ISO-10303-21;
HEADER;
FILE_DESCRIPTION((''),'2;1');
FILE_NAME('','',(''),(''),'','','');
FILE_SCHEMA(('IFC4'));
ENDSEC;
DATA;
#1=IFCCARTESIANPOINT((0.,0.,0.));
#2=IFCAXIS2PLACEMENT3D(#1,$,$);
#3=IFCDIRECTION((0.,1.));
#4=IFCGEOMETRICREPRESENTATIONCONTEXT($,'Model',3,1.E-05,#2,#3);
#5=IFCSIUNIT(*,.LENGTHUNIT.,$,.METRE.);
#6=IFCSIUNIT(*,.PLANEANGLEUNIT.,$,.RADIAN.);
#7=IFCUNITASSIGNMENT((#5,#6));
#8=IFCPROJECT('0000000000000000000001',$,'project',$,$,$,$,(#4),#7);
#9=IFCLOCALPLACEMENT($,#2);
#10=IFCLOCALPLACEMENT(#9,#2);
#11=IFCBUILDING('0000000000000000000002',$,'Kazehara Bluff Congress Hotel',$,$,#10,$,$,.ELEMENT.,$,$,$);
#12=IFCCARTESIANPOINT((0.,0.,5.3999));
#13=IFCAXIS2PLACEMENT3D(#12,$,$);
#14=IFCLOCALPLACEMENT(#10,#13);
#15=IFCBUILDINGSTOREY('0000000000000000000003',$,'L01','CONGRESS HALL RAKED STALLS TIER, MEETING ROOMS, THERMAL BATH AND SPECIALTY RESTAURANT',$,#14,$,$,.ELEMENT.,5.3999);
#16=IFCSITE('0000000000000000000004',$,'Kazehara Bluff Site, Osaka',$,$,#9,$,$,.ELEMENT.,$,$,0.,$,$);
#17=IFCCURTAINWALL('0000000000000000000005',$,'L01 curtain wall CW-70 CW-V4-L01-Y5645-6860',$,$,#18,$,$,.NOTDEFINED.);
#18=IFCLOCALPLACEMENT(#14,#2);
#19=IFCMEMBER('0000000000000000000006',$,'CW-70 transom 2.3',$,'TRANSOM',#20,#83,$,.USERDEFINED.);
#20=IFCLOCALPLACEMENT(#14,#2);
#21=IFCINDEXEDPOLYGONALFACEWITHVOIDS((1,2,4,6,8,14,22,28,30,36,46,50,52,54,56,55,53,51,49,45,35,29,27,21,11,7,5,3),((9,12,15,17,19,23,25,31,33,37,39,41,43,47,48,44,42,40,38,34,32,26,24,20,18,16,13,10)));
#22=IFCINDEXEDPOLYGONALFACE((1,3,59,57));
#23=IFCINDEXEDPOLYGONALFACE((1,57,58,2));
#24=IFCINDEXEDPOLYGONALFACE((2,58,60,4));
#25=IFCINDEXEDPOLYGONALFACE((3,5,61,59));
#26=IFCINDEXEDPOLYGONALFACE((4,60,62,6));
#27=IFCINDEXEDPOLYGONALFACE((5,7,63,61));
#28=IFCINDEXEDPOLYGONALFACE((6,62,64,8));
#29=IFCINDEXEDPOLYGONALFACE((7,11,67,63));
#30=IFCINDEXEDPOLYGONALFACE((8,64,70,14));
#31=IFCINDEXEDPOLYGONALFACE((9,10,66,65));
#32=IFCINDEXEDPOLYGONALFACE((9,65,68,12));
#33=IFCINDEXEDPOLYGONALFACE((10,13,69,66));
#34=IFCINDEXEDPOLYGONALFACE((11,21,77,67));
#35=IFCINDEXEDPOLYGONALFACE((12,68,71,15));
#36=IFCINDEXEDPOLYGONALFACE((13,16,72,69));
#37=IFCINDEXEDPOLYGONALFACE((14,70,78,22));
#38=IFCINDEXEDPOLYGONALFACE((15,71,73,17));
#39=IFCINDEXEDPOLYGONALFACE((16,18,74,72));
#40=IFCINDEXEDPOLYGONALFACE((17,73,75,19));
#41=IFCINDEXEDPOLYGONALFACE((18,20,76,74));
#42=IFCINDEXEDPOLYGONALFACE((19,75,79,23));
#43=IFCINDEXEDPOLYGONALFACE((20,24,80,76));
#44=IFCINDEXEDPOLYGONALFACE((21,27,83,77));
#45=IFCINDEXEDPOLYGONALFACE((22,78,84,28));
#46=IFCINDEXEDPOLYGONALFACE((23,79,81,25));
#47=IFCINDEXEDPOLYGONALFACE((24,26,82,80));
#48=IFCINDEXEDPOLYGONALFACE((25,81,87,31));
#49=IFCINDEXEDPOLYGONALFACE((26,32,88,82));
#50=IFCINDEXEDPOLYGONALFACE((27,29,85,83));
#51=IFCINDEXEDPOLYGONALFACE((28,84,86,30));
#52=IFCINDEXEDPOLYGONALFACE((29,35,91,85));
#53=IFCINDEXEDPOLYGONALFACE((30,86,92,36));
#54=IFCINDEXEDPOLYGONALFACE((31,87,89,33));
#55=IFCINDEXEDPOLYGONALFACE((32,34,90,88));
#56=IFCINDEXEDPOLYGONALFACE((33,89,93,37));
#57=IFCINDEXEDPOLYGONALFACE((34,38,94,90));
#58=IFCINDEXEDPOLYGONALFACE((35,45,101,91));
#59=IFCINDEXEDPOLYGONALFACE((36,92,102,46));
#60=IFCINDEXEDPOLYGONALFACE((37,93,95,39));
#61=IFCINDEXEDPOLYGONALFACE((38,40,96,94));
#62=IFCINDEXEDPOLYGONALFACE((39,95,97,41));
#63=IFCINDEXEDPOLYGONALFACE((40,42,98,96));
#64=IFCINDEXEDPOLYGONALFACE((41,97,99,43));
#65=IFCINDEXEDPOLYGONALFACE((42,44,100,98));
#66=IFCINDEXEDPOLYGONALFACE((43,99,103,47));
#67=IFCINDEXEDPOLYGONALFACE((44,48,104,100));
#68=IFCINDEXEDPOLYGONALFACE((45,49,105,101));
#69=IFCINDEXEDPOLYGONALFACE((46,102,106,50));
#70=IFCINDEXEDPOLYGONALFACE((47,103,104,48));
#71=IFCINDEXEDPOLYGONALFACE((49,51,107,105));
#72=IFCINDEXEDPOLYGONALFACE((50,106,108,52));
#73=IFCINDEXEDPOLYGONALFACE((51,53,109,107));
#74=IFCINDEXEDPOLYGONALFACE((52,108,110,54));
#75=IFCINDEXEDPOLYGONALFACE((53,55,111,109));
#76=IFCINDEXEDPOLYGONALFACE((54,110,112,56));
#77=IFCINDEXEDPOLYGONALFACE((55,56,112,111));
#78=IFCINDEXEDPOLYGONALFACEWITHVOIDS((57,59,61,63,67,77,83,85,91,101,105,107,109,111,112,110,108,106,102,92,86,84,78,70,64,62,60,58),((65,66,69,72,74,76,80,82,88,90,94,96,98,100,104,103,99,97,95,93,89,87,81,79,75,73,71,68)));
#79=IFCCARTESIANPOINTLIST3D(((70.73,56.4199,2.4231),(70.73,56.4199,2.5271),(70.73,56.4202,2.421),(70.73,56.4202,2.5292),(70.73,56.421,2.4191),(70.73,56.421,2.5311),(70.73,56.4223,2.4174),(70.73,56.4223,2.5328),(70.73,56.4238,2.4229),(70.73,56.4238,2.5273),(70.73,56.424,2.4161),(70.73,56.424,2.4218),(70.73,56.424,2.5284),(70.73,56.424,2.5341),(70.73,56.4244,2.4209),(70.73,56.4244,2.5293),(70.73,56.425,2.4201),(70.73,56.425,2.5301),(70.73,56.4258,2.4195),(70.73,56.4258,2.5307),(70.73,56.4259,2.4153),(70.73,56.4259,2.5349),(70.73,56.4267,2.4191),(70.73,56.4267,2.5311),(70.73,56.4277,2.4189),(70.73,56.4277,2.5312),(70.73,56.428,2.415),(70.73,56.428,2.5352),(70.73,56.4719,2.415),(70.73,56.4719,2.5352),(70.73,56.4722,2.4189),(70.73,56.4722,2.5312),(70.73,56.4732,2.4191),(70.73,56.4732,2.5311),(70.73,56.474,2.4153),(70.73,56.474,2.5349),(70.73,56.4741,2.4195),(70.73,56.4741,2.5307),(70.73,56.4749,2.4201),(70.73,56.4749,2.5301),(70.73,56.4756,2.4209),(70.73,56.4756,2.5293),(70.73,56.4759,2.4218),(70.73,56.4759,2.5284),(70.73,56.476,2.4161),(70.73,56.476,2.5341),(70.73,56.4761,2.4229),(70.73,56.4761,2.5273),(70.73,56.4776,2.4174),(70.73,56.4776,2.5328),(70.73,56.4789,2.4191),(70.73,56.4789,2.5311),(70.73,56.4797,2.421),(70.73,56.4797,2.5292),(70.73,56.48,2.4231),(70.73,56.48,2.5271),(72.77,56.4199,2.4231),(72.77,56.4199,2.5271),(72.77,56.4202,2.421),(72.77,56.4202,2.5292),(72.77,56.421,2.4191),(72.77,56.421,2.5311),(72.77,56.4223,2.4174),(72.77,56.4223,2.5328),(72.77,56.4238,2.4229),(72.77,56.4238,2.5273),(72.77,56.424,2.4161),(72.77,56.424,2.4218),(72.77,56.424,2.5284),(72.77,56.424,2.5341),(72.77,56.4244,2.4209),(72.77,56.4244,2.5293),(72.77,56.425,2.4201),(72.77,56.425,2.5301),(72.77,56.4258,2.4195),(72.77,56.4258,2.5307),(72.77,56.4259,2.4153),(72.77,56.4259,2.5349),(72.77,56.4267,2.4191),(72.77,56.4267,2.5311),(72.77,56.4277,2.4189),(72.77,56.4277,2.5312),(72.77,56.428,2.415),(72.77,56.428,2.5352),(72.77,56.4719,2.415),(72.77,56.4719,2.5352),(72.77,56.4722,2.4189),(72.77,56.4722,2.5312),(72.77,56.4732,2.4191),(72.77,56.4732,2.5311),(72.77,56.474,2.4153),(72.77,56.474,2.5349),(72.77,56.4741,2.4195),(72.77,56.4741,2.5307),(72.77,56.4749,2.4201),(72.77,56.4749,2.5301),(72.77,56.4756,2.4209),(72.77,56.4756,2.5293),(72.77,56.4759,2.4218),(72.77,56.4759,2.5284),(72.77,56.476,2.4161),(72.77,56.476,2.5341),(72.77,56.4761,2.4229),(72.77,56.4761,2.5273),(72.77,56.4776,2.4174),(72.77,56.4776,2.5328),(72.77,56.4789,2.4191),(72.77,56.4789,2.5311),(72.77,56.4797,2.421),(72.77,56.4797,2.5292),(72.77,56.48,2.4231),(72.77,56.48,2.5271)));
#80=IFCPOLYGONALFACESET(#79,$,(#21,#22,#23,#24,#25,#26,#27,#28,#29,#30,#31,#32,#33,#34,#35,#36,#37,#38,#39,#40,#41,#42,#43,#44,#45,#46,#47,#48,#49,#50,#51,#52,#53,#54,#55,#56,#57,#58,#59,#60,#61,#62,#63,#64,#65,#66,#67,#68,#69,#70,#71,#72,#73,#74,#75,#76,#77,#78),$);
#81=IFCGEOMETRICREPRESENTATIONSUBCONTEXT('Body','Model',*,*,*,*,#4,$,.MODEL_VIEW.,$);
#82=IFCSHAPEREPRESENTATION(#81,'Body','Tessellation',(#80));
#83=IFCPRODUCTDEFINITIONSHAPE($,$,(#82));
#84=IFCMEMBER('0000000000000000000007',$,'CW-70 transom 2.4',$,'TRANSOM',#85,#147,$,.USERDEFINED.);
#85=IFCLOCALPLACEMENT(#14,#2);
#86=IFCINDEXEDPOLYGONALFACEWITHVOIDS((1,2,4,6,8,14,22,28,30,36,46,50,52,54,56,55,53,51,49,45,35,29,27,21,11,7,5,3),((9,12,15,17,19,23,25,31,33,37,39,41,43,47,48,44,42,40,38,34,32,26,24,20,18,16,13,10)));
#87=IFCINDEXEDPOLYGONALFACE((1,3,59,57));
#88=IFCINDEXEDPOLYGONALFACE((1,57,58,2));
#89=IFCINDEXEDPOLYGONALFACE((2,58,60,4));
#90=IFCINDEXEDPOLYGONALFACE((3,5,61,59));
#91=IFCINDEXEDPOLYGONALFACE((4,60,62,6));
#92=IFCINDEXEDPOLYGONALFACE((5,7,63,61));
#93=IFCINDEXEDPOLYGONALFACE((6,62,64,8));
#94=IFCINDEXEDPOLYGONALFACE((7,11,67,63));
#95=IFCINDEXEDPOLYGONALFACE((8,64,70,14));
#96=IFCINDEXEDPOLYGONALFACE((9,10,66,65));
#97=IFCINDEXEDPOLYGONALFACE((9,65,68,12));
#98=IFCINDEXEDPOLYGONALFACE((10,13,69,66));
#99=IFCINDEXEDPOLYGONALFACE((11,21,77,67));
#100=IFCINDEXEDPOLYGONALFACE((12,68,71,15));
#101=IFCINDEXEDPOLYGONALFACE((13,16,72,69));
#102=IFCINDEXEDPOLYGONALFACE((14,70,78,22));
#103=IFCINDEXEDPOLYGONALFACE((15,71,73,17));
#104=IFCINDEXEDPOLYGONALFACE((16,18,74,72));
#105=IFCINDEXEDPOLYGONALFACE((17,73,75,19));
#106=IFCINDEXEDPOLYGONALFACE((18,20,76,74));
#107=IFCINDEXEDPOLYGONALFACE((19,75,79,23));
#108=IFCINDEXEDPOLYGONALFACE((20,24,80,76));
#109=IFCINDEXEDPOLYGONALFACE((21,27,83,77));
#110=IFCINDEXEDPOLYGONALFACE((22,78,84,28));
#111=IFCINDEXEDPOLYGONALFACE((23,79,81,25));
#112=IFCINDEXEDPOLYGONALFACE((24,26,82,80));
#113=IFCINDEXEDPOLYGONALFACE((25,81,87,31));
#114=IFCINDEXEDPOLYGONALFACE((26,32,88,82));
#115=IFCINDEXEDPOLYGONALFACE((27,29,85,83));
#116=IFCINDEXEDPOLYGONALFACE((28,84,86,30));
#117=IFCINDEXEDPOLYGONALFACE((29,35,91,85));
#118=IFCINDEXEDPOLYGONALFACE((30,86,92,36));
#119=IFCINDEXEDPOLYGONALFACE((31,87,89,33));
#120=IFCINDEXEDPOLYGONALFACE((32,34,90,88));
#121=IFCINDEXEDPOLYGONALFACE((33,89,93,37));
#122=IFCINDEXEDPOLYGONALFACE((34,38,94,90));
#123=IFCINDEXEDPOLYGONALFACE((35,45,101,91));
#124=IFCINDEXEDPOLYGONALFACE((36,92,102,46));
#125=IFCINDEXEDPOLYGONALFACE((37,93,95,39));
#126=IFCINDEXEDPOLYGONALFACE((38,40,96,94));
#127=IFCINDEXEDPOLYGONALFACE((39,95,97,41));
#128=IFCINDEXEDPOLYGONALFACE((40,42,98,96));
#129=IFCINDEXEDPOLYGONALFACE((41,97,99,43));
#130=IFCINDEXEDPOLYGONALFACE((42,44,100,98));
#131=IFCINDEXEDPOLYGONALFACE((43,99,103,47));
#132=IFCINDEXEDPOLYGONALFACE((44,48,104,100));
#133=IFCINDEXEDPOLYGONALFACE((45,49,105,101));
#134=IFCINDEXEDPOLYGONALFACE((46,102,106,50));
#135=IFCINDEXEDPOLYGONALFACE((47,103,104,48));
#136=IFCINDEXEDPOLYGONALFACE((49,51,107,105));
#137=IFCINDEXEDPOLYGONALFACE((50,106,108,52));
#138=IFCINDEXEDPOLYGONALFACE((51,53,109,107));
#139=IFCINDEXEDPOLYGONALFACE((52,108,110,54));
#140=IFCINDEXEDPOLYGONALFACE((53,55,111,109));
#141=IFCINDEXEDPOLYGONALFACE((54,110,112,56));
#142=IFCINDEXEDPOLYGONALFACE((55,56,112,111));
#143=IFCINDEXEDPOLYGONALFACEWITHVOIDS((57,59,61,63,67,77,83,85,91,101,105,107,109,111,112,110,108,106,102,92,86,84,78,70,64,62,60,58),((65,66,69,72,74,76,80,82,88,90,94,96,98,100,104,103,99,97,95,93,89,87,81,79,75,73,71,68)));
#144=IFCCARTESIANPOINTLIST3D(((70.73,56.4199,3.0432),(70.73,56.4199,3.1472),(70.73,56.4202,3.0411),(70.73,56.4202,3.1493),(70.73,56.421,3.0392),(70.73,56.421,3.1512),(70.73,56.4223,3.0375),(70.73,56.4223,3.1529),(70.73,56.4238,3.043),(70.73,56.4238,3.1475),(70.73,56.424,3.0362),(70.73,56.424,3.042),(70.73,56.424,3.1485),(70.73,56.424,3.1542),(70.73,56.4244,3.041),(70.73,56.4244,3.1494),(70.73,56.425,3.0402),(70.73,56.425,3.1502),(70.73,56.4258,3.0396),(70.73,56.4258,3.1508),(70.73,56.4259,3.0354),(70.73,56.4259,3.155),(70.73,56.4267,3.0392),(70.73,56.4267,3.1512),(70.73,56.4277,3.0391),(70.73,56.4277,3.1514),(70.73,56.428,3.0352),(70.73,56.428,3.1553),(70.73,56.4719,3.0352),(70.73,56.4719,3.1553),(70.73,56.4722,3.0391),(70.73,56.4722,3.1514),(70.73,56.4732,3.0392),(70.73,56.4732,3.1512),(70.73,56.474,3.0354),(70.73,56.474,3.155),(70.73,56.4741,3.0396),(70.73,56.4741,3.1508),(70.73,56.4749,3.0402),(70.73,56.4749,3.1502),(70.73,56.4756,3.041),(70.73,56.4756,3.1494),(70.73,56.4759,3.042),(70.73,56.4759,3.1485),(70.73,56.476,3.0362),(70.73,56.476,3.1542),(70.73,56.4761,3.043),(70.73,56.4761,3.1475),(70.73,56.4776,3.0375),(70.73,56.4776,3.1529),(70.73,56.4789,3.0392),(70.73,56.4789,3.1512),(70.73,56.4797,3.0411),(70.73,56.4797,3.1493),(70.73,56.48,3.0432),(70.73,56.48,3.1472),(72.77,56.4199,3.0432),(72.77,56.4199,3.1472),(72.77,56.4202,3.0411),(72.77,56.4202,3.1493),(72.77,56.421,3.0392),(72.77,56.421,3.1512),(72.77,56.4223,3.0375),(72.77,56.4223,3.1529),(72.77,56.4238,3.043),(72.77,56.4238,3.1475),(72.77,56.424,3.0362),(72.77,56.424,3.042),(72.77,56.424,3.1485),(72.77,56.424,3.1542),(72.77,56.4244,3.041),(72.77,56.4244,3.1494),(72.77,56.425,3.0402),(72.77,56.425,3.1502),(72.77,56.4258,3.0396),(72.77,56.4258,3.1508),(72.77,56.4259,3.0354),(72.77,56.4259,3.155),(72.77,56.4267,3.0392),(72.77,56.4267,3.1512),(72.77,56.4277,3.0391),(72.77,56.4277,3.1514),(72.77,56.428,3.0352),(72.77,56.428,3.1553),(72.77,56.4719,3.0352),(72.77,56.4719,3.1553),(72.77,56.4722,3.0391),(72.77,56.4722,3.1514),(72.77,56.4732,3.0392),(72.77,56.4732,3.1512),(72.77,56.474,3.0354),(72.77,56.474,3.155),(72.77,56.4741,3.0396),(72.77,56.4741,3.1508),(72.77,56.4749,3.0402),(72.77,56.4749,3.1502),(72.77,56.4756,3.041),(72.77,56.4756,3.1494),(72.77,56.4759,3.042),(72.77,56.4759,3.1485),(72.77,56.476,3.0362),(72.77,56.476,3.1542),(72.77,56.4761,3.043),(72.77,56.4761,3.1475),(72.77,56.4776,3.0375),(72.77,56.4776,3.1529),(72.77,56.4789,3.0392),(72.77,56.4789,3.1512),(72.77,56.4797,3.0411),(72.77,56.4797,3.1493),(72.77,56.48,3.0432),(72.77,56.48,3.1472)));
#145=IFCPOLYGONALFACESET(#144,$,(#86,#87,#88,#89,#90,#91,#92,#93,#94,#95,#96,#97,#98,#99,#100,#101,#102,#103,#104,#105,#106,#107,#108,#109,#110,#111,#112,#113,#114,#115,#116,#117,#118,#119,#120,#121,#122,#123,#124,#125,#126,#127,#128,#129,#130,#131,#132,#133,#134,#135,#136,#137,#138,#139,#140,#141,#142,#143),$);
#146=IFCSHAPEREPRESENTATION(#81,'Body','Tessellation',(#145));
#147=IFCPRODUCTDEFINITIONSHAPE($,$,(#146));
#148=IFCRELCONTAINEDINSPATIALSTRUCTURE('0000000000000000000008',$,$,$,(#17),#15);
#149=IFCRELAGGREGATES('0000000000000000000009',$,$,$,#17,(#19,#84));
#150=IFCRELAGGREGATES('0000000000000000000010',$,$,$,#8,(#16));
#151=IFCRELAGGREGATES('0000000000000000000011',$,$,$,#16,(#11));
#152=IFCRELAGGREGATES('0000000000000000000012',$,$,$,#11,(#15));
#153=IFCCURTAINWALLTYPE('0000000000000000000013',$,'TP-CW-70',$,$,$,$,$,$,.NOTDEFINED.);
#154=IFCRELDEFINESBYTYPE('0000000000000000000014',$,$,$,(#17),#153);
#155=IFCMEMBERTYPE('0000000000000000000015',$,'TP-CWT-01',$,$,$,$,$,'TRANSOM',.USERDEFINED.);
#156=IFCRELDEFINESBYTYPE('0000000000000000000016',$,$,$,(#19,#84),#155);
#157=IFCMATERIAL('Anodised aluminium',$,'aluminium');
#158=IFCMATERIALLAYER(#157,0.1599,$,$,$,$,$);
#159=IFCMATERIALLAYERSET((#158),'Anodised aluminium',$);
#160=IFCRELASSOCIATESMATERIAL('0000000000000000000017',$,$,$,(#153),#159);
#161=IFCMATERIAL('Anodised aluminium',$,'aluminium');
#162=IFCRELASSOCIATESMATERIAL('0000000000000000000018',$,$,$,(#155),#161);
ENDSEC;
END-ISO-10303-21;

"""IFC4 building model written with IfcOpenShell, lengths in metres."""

from ifc_helpers import new_model, si_unit, direction, frame, origin, origin_2d, place, context, subcontext, project, spatial, hollow_rectangle, extrude, material, layer, layer_set, material_profile, profile_set, type_object, element, aggregate, save


model = new_model("IFC4")

# Units and contexts
model_context = context("Model", 3, precision=1e-05, world=origin(), true_north=direction((0.0, 1.0)))
body_context = subcontext(model_context, "Body", "Model", "MODEL_VIEW")
ifc_project = project(units=[si_unit("LENGTHUNIT", "METRE"), si_unit("PLANEANGLEUNIT", "RADIAN")], contexts=[model_context])

# Site, building, storey
site_placement = place(None, origin())
site = spatial("IfcSite", under=ifc_project, at=site_placement, Name="Kazehara Bluff Site, Osaka", CompositionType="ELEMENT", RefElevation=0.0)
building_placement = place(site_placement, origin())
building = spatial("IfcBuilding", under=site, at=building_placement, Name="Kazehara Bluff Congress Hotel", CompositionType="ELEMENT")
storey_placement = place(building_placement, frame((0.0, 0.0, 5.3999)))
storey = spatial("IfcBuildingStorey", under=building, at=storey_placement, Name="L01", Description="CONGRESS HALL RAKED STALLS TIER, MEETING ROOMS, THERMAL BATH AND SPECIALTY RESTAURANT", CompositionType="ELEMENT", Elevation=5.3999)

# Curtain wall, members
ifc_material_1 = material(Name="Anodised aluminium", Category="aluminium")
ifc_layer_1 = layer(ifc_material_1, 0.1599)
ifc_layer_set_1 = layer_set([ifc_layer_1], Name="Anodised aluminium")
curtain_wall_type = type_object("IfcCurtainWallType", Name="TP-CW-70", PredefinedType="NOTDEFINED", material=ifc_layer_set_1)
curtain_wall_placement = place(storey_placement, origin())
curtain_wall = element("IfcCurtainWall", 1, at=curtain_wall_placement, inside=storey, type_object=curtain_wall_type, Name="L01 curtain wall CW-70 CW-V4-L01-Y5645-6860", PredefinedType="NOTDEFINED")
ifc_material_2 = material(Name="Anodised aluminium", Category="aluminium")
ifc_material_profile_1 = material_profile(ifc_material_2, hollow_rectangle(XDim=0.0601, YDim=0.1201, WallThickness=0.0039, InnerFilletRadius=0.0039, OuterFilletRadius=0.0081, at=origin_2d()))
ifc_profile_set_1 = profile_set([ifc_material_profile_1], Name="Anodised aluminium")
member_type_1 = type_object("IfcMemberType", Name="TP-CWT-01", ElementType="TRANSOM", PredefinedType="USERDEFINED", material=ifc_profile_set_1)
member_1_placement = place(storey_placement, frame((70.73, 56.45, 2.4751), z_axis=(1.0, 0.0, 0.0), x_axis=(0.0, 1.0, 0.0)))
member_1 = element("IfcMember", 2, at=member_1_placement, type_object=member_type_1, Name="CW-70 transom 2.3", ObjectType="TRANSOM", PredefinedType="USERDEFINED", context=body_context, shape_type="SweptSolid", body=[
    extrude(hollow_rectangle(XDim=0.0601, YDim=0.1201, WallThickness=0.0039, InnerFilletRadius=0.0039, OuterFilletRadius=0.0081, at=origin_2d()), origin(), (0.0, 0.0, 1.0), 2.04),
])
member_2_placement = place(storey_placement, frame((70.73, 56.45, 3.0952), z_axis=(1.0, 0.0, 0.0), x_axis=(0.0, 1.0, 0.0)))
member_2 = element("IfcMember", 3, at=member_2_placement, type_object=member_type_1, Name="CW-70 transom 2.4", ObjectType="TRANSOM", PredefinedType="USERDEFINED", context=body_context, shape_type="SweptSolid", body=[
    extrude(hollow_rectangle(XDim=0.0601, YDim=0.1201, WallThickness=0.0039, InnerFilletRadius=0.0039, OuterFilletRadius=0.0081, at=origin_2d()), origin(), (0.0, 0.0, 1.0), 2.04),
])

aggregate(curtain_wall, [member_1, member_2])

save(model, "model.ifc")
